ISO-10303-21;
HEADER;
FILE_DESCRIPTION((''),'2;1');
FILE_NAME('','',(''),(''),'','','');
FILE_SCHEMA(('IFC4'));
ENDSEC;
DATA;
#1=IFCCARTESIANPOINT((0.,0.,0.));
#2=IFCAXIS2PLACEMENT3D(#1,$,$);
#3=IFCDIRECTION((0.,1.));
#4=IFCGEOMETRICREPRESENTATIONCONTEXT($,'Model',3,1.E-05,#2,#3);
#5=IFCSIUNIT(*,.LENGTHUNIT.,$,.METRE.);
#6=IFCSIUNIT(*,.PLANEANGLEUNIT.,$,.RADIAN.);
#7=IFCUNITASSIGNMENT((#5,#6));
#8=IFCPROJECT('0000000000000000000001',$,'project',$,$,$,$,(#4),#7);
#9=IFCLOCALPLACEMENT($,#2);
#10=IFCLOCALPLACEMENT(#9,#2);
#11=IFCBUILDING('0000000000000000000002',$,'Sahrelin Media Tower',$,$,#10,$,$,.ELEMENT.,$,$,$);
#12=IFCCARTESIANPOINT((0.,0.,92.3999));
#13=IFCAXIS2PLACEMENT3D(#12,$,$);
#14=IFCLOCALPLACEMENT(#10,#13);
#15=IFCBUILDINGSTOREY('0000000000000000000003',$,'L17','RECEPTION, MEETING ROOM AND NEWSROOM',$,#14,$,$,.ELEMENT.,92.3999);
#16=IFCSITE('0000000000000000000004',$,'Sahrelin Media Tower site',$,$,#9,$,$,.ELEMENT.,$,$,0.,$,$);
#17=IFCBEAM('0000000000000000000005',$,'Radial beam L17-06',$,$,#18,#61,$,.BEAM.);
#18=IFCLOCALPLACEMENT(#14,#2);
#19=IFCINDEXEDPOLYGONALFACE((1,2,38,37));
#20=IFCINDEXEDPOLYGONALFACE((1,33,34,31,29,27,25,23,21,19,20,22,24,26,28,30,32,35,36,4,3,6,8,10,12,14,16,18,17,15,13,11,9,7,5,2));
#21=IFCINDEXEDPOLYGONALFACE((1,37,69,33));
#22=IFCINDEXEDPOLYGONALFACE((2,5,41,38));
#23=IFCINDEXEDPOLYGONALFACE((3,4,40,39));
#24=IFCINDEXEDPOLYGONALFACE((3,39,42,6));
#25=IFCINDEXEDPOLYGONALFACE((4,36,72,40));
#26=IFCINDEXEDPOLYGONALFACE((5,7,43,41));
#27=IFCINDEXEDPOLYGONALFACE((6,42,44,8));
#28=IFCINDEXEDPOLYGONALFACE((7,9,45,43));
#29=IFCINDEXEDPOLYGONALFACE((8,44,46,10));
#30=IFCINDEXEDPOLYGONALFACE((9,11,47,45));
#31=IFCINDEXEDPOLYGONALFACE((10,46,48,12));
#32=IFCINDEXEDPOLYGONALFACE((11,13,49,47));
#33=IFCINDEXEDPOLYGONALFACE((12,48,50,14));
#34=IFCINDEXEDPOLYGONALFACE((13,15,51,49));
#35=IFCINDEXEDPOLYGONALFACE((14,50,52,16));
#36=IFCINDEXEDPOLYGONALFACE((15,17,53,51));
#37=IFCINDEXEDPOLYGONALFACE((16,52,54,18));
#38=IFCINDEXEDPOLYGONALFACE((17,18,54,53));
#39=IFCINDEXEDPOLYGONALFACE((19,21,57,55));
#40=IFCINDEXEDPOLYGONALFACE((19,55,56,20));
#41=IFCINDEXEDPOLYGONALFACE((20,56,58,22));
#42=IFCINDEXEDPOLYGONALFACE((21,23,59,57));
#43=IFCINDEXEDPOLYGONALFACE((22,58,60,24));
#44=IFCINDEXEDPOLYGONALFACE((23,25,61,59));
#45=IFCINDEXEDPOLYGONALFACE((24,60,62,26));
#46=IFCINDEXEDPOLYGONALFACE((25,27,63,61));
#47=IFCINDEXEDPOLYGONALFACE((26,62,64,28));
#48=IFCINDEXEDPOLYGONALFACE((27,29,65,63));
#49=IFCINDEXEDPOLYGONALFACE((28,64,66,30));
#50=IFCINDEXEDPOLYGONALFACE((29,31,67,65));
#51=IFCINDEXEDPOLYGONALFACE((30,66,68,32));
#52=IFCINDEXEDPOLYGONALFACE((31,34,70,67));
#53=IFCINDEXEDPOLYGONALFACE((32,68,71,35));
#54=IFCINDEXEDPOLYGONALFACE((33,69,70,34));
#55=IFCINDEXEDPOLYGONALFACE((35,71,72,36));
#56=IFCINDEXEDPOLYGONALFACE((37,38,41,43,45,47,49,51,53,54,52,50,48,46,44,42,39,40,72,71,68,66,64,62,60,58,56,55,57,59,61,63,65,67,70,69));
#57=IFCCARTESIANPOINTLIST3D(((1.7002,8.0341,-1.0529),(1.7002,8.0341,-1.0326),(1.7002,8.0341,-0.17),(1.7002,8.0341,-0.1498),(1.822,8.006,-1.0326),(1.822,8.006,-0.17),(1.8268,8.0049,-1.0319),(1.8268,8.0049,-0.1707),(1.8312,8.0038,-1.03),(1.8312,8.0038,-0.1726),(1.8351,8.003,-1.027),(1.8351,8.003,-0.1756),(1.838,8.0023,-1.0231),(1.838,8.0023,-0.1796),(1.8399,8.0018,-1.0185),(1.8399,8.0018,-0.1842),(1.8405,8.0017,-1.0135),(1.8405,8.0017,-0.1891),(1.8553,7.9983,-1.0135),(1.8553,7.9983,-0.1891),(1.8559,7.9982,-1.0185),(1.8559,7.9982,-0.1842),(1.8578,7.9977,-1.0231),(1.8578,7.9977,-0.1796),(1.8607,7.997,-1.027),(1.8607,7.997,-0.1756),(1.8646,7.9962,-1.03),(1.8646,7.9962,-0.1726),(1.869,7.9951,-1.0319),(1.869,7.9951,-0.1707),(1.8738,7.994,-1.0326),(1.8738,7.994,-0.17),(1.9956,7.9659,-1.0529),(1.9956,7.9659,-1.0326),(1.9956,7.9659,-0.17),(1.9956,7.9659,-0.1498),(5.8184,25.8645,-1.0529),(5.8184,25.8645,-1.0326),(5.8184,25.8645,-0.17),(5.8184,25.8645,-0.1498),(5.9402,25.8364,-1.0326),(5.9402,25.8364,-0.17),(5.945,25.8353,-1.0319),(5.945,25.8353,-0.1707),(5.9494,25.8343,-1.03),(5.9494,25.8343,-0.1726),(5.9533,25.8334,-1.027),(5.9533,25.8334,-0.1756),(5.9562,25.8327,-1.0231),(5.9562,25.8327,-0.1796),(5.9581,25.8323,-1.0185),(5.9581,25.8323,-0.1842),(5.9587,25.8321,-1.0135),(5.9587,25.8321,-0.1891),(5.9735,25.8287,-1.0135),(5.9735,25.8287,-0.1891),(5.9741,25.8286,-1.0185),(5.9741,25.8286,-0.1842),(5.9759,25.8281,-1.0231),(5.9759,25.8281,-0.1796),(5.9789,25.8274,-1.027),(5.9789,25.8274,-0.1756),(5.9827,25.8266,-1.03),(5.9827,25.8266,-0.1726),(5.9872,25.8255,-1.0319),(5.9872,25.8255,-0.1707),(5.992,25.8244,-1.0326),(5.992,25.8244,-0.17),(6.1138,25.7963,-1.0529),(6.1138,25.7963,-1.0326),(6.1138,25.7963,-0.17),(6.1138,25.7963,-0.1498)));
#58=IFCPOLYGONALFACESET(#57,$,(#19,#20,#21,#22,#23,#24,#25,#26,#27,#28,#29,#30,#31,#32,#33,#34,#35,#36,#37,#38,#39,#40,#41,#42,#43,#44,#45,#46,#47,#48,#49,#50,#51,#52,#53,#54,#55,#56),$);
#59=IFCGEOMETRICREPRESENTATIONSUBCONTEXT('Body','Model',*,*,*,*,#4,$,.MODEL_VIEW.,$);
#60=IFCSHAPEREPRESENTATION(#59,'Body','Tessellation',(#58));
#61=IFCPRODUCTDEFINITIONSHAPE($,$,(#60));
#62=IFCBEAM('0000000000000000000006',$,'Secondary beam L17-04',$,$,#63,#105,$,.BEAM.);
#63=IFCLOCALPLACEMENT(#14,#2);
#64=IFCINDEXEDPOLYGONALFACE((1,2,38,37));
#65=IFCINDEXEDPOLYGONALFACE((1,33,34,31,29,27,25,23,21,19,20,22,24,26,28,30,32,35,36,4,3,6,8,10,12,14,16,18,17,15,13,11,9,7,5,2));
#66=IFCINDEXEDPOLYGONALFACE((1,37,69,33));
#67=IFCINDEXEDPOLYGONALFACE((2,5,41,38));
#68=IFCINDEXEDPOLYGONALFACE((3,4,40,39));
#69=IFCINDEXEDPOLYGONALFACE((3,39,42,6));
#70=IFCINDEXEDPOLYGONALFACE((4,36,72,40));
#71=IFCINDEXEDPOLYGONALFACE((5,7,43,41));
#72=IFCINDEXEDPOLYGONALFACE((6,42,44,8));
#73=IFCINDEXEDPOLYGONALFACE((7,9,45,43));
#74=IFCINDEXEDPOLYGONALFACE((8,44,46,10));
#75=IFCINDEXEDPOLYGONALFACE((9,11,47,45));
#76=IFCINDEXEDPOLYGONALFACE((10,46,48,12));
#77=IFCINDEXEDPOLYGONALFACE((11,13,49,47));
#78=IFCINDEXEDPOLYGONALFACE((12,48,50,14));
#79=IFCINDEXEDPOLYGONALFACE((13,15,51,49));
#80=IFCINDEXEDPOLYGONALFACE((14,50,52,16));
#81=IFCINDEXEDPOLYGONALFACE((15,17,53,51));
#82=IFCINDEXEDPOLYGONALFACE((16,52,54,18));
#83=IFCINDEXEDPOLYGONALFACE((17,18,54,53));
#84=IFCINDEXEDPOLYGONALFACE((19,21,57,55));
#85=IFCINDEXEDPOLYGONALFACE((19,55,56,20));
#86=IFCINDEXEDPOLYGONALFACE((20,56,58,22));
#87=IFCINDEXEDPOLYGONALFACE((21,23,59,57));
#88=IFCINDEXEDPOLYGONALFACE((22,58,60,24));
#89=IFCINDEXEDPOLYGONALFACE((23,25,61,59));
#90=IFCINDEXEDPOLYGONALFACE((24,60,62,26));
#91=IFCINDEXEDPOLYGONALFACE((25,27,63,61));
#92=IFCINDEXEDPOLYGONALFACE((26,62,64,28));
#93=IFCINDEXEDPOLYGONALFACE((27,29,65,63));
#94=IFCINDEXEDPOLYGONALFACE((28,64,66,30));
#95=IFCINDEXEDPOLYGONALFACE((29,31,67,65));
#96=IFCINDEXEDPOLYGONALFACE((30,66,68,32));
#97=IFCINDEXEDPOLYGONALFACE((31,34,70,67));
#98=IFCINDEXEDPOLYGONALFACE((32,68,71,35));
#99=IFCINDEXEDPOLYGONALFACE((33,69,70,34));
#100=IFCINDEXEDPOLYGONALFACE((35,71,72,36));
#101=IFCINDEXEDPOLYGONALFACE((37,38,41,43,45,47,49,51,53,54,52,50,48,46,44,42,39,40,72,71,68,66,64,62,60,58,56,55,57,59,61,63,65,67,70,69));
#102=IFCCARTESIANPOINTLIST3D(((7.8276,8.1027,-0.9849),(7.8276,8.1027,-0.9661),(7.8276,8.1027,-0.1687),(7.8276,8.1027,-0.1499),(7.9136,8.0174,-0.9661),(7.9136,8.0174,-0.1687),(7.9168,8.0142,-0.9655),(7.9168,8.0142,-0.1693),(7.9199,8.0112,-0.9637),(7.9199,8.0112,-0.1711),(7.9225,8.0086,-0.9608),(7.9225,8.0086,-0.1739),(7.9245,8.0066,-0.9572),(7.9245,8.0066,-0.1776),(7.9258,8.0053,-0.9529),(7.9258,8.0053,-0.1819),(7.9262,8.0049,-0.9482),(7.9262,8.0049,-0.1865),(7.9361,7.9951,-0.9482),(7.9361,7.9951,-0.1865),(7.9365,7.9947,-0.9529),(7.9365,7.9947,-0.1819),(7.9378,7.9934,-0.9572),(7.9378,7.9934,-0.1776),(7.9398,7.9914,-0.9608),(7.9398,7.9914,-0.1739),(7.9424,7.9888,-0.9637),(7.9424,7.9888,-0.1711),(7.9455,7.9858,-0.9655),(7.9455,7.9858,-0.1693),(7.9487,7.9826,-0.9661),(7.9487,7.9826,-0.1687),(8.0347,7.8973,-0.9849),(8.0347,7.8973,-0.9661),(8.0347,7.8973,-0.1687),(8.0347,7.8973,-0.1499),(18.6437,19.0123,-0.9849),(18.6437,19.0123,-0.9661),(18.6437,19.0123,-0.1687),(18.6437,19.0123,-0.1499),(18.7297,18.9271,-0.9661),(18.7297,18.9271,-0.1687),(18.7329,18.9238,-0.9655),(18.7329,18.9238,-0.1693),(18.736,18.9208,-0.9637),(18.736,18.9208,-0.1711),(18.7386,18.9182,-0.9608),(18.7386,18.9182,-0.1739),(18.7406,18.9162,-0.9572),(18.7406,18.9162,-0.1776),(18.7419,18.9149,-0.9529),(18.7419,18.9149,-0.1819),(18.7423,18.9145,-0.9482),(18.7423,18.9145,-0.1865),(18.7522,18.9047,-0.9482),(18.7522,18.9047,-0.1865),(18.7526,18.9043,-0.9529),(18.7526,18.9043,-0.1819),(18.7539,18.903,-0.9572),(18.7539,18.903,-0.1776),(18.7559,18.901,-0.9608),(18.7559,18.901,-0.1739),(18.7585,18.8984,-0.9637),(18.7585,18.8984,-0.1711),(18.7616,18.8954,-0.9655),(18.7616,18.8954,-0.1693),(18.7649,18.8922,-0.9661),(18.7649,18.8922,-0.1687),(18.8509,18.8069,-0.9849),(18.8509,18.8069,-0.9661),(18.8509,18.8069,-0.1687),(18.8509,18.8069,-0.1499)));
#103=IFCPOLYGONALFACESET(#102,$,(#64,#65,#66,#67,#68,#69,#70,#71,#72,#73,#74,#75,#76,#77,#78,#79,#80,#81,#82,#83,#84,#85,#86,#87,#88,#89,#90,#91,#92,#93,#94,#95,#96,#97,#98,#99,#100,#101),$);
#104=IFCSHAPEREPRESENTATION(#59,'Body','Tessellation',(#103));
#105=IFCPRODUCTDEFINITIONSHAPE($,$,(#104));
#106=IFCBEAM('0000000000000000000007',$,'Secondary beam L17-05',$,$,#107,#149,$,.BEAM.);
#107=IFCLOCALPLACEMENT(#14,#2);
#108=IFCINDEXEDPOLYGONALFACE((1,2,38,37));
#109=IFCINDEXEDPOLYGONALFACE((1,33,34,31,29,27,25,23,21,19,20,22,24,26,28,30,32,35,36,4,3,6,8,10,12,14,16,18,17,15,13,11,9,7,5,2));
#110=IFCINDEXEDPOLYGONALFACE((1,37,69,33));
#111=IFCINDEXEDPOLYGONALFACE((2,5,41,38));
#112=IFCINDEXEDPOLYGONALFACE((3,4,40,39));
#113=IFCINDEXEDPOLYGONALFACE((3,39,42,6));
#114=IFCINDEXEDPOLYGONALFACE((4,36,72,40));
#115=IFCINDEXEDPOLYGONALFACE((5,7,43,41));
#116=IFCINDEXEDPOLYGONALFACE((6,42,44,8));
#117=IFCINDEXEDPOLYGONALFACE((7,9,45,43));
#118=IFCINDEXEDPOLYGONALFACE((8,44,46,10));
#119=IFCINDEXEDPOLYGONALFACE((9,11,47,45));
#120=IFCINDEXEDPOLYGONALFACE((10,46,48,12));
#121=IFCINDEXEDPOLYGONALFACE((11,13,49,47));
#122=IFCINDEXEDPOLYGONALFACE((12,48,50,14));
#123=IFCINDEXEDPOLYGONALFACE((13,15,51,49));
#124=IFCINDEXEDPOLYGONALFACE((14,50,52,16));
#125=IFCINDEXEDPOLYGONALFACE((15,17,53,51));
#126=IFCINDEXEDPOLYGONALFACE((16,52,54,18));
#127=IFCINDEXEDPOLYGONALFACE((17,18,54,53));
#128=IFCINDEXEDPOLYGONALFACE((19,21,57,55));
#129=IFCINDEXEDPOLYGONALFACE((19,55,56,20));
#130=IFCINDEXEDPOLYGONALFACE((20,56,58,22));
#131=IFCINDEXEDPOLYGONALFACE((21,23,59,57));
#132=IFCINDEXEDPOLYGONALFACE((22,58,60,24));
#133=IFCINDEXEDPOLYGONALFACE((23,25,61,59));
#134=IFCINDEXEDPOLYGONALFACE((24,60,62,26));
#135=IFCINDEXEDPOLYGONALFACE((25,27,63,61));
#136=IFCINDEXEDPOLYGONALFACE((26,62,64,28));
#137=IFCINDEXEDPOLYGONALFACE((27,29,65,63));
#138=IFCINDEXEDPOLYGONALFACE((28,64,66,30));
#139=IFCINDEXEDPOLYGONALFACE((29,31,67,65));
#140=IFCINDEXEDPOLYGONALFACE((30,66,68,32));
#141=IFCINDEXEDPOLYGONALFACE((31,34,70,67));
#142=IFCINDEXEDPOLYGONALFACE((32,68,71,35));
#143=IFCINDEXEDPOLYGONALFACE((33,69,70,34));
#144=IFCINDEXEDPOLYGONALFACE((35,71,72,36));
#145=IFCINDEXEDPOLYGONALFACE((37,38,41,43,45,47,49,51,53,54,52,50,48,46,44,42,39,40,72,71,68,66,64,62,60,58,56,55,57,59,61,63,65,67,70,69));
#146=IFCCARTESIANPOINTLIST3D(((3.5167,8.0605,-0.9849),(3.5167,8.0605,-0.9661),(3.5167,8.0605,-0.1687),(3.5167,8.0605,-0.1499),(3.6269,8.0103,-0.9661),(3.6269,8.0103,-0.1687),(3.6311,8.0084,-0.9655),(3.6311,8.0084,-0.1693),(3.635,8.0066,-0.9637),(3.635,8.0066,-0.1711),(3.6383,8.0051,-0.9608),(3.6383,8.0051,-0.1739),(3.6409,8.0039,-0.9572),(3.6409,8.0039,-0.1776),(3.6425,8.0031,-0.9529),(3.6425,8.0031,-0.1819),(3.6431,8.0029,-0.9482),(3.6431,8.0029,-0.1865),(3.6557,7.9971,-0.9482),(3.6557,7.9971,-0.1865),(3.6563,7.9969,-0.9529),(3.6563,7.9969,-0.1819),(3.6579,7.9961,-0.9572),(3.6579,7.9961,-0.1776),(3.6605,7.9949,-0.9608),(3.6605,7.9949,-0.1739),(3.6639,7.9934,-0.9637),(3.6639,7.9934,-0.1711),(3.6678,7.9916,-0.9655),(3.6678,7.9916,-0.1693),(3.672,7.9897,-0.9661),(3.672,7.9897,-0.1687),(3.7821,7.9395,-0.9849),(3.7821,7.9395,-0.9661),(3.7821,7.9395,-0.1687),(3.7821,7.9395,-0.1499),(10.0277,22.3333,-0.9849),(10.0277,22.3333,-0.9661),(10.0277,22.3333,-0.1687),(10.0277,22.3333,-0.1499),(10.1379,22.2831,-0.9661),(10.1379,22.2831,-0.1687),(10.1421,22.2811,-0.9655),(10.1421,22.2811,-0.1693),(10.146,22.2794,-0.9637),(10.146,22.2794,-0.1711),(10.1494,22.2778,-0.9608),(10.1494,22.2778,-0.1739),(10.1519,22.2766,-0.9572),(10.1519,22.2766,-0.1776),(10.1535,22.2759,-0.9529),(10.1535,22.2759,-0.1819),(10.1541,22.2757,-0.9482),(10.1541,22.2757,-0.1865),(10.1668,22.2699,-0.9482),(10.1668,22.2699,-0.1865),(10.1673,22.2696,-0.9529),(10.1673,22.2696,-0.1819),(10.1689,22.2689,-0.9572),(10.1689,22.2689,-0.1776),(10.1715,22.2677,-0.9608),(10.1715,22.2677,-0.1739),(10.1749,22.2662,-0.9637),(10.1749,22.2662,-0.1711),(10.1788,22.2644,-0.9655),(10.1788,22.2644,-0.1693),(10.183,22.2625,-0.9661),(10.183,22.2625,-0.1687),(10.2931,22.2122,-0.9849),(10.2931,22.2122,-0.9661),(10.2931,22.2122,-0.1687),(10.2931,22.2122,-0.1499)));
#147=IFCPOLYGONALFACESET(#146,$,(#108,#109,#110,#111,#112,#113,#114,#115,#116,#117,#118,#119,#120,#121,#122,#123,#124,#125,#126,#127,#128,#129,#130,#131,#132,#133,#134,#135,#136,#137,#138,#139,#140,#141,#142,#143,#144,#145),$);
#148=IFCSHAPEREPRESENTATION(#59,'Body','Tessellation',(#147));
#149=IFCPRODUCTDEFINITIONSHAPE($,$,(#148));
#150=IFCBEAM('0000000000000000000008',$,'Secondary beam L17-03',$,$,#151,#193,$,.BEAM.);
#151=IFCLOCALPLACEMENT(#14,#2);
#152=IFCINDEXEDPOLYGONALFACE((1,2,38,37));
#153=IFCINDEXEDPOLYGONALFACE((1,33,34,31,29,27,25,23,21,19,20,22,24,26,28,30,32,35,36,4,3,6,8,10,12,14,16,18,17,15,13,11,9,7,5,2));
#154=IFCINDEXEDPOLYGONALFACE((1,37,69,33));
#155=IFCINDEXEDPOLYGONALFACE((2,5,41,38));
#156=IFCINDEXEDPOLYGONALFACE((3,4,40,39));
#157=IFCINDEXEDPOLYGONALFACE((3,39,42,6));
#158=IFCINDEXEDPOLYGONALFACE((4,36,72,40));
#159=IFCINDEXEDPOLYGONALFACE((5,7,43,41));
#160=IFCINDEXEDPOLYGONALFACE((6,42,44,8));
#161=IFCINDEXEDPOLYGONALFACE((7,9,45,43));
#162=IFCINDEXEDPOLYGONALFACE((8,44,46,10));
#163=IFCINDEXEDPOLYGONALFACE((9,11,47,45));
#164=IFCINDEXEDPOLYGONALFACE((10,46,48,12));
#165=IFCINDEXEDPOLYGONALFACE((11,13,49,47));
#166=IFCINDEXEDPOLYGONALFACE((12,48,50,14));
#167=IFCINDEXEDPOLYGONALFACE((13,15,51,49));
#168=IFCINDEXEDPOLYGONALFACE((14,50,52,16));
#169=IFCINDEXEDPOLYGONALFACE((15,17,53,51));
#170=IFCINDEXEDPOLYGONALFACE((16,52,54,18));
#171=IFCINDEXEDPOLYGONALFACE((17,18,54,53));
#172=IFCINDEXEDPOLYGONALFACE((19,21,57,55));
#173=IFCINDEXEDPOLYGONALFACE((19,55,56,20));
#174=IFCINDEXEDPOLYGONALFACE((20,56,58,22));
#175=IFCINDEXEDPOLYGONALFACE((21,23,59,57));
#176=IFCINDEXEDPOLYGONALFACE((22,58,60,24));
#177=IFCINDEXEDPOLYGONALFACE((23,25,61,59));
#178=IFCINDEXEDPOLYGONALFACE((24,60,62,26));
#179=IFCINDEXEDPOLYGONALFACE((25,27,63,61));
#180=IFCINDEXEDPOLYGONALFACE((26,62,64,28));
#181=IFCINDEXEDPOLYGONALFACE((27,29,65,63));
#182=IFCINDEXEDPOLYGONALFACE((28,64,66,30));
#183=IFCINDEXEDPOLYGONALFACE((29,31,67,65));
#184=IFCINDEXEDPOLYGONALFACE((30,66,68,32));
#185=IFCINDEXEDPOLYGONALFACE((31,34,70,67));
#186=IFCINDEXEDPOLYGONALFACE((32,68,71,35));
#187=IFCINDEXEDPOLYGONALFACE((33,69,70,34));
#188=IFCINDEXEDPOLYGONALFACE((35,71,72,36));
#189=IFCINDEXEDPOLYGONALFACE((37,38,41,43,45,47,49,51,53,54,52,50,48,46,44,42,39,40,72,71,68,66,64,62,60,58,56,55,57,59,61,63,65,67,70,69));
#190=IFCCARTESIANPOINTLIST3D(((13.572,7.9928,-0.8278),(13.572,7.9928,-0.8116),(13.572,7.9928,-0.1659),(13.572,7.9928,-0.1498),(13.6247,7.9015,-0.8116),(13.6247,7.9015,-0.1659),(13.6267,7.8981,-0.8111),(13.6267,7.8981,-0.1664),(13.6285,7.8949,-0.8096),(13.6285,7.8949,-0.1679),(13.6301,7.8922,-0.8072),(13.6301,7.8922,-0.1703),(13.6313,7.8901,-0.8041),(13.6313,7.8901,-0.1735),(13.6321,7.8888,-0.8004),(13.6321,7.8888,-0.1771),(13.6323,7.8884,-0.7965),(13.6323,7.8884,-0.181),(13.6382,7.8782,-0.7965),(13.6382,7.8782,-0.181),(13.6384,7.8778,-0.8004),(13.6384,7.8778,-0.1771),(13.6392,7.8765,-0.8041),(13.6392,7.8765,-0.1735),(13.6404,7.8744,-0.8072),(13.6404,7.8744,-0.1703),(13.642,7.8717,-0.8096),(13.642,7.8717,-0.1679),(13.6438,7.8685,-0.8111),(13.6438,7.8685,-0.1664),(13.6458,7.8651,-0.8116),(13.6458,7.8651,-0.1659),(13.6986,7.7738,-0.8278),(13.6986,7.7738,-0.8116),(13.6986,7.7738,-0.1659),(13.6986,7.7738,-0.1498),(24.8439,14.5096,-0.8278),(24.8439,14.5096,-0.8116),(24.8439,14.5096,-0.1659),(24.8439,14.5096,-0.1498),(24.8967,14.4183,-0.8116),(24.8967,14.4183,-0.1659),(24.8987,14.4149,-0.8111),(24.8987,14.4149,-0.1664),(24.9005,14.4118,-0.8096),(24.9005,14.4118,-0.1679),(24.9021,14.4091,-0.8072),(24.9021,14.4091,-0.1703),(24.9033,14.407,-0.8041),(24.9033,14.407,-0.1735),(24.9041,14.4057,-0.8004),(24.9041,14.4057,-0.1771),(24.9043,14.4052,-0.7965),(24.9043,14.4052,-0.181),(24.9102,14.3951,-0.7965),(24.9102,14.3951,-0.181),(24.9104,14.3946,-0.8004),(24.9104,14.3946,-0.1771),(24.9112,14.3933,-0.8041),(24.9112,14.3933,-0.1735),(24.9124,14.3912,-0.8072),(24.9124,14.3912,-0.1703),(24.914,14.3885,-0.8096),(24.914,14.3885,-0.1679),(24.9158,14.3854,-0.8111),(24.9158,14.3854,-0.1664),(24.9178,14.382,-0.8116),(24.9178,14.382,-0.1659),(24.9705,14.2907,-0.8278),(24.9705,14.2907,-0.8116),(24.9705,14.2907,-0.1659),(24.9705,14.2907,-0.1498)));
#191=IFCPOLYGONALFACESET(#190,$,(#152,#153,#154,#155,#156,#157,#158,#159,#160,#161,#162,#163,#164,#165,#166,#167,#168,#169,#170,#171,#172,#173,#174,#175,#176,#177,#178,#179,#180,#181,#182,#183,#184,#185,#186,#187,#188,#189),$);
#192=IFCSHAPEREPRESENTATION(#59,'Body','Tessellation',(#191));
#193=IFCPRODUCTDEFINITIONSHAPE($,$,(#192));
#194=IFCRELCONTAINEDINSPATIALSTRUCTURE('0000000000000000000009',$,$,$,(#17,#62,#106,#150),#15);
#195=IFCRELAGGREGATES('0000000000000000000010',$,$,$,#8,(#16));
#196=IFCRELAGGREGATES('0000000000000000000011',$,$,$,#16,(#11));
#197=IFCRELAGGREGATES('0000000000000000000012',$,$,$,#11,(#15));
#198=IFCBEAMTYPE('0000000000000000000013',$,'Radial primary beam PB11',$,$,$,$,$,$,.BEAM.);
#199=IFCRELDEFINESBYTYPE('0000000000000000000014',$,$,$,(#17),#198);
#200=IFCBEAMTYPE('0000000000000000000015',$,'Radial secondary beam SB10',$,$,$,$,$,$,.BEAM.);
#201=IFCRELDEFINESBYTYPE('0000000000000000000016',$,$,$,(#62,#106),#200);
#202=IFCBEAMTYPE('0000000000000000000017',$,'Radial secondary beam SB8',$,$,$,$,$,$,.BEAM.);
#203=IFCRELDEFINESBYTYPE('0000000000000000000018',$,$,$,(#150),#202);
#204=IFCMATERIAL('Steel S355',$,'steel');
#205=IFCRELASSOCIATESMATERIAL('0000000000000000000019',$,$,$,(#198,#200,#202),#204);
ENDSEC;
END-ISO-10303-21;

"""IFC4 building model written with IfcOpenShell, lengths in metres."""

from ifc_helpers import new_model, si_unit, direction, frame, origin, origin_2d, place, context, subcontext, project, spatial, i_section, extrude, material, material_profile, profile_set, type_object, element, save


model = new_model("IFC4")

# Units and contexts
model_context = context("Model", 3, precision=1e-05, world=origin(), true_north=direction((0.0, 1.0)))
body_context = subcontext(model_context, "Body", "Model", "MODEL_VIEW")
ifc_project = project(units=[si_unit("LENGTHUNIT", "METRE"), si_unit("PLANEANGLEUNIT", "RADIAN")], contexts=[model_context])

# Site, building, storey
site_placement = place(None, origin())
site = spatial("IfcSite", under=ifc_project, at=site_placement, Name="Sahrelin Media Tower site", CompositionType="ELEMENT", RefElevation=0.0)
building_placement = place(site_placement, origin())
building = spatial("IfcBuilding", under=site, at=building_placement, Name="Sahrelin Media Tower", CompositionType="ELEMENT")
storey_placement = place(building_placement, frame((0.0, 0.0, 92.3999)))
storey = spatial("IfcBuildingStorey", under=building, at=storey_placement, Name="L17", Description="RECEPTION, MEETING ROOM AND NEWSROOM", CompositionType="ELEMENT", Elevation=92.3999)

# Shared definitions
ifc_material_1 = material(Name="Steel S355", Category="steel")

# Beams
ifc_material_profile_1 = material_profile(ifc_material_1, i_section(OverallWidth=0.3032, OverallDepth=0.9031, WebThickness=0.0151, FlangeThickness=0.0203, FilletRadius=0.019, at=origin_2d()), Name="UB 914x305x201")
ifc_profile_set_1 = profile_set([ifc_material_profile_1], Name="Steel S355")
beam_type_1 = type_object("IfcBeamType", Name="Radial primary beam PB11", PredefinedType="BEAM", material=ifc_profile_set_1)
beam_1_placement = place(storey_placement, frame((1.8479, 8.0, -0.6013), z_axis=(0.22504, 0.97435, 0.0), x_axis=(-0.97435, 0.22504, 0.0)))
element("IfcBeam", 1, at=beam_1_placement, inside=storey, type_object=beam_type_1, Name="Radial beam L17-06", PredefinedType="BEAM", context=body_context, shape_type="SweptSolid", body=[
    extrude(i_section(OverallWidth=0.3032, OverallDepth=0.9031, WebThickness=0.0151, FlangeThickness=0.0203, FilletRadius=0.019, at=origin_2d()), origin(), (0.0, 0.0, 1.0), 18.2998),
])
ifc_material_profile_2 = material_profile(ifc_material_1, i_section(OverallWidth=0.2917, OverallDepth=0.835, WebThickness=0.0139, FlangeThickness=0.0188, FilletRadius=0.0178, at=origin_2d()), Name="UB 838x292x176")
ifc_profile_set_2 = profile_set([ifc_material_profile_2], Name="Steel S355")
beam_type_2 = type_object("IfcBeamType", Name="Radial secondary beam SB10", PredefinedType="BEAM", material=ifc_profile_set_2)
beam_2_placement = place(storey_placement, frame((7.9312, 8.0, -0.5674), z_axis=(0.704057, 0.710144, 0.0), x_axis=(-0.710144, 0.704057, 0.0)))
element("IfcBeam", 2, at=beam_2_placement, inside=storey, type_object=beam_type_2, Name="Secondary beam L17-04", PredefinedType="BEAM", context=body_context, shape_type="SweptSolid", body=[
    extrude(i_section(OverallWidth=0.2917, OverallDepth=0.835, WebThickness=0.0139, FlangeThickness=0.0188, FilletRadius=0.0178, at=origin_2d()), origin(), (0.0, 0.0, 1.0), 15.3625),
])
beam_3_placement = place(storey_placement, frame((3.6494, 8.0, -0.5674), z_axis=(0.415038, 0.909804, 0.0), x_axis=(-0.909804, 0.415038, 0.0)))
element("IfcBeam", 3, at=beam_3_placement, inside=storey, type_object=beam_type_2, Name="Secondary beam L17-05", PredefinedType="BEAM", context=body_context, shape_type="SweptSolid", body=[
    extrude(i_section(OverallWidth=0.2917, OverallDepth=0.835, WebThickness=0.0139, FlangeThickness=0.0188, FilletRadius=0.0178, at=origin_2d()), origin(), (0.0, 0.0, 1.0), 15.6877),
])
ifc_material_profile_3 = material_profile(ifc_material_1, i_section(OverallWidth=0.2529, OverallDepth=0.678, WebThickness=0.0117, FlangeThickness=0.0161, FilletRadius=0.0151, at=origin_2d()), Name="UB 686x254x125")
ifc_profile_set_3 = profile_set([ifc_material_profile_3], Name="Steel S355")
beam_type_3 = type_object("IfcBeamType", Name="Radial secondary beam SB8", PredefinedType="BEAM", material=ifc_profile_set_3)
beam_4_placement = place(storey_placement, frame((13.6353, 7.8833, -0.4888), z_axis=(0.865727, 0.500517, 0.0), x_axis=(-0.500517, 0.865727, 0.0)))
element("IfcBeam", 4, at=beam_4_placement, inside=storey, type_object=beam_type_3, Name="Secondary beam L17-03", PredefinedType="BEAM", context=body_context, shape_type="SweptSolid", body=[
    extrude(i_section(OverallWidth=0.2529, OverallDepth=0.678, WebThickness=0.0117, FlangeThickness=0.0161, FilletRadius=0.0151, at=origin_2d()), origin(), (0.0, 0.0, 1.0), 13.0203),
])

save(model, "model.ifc")
